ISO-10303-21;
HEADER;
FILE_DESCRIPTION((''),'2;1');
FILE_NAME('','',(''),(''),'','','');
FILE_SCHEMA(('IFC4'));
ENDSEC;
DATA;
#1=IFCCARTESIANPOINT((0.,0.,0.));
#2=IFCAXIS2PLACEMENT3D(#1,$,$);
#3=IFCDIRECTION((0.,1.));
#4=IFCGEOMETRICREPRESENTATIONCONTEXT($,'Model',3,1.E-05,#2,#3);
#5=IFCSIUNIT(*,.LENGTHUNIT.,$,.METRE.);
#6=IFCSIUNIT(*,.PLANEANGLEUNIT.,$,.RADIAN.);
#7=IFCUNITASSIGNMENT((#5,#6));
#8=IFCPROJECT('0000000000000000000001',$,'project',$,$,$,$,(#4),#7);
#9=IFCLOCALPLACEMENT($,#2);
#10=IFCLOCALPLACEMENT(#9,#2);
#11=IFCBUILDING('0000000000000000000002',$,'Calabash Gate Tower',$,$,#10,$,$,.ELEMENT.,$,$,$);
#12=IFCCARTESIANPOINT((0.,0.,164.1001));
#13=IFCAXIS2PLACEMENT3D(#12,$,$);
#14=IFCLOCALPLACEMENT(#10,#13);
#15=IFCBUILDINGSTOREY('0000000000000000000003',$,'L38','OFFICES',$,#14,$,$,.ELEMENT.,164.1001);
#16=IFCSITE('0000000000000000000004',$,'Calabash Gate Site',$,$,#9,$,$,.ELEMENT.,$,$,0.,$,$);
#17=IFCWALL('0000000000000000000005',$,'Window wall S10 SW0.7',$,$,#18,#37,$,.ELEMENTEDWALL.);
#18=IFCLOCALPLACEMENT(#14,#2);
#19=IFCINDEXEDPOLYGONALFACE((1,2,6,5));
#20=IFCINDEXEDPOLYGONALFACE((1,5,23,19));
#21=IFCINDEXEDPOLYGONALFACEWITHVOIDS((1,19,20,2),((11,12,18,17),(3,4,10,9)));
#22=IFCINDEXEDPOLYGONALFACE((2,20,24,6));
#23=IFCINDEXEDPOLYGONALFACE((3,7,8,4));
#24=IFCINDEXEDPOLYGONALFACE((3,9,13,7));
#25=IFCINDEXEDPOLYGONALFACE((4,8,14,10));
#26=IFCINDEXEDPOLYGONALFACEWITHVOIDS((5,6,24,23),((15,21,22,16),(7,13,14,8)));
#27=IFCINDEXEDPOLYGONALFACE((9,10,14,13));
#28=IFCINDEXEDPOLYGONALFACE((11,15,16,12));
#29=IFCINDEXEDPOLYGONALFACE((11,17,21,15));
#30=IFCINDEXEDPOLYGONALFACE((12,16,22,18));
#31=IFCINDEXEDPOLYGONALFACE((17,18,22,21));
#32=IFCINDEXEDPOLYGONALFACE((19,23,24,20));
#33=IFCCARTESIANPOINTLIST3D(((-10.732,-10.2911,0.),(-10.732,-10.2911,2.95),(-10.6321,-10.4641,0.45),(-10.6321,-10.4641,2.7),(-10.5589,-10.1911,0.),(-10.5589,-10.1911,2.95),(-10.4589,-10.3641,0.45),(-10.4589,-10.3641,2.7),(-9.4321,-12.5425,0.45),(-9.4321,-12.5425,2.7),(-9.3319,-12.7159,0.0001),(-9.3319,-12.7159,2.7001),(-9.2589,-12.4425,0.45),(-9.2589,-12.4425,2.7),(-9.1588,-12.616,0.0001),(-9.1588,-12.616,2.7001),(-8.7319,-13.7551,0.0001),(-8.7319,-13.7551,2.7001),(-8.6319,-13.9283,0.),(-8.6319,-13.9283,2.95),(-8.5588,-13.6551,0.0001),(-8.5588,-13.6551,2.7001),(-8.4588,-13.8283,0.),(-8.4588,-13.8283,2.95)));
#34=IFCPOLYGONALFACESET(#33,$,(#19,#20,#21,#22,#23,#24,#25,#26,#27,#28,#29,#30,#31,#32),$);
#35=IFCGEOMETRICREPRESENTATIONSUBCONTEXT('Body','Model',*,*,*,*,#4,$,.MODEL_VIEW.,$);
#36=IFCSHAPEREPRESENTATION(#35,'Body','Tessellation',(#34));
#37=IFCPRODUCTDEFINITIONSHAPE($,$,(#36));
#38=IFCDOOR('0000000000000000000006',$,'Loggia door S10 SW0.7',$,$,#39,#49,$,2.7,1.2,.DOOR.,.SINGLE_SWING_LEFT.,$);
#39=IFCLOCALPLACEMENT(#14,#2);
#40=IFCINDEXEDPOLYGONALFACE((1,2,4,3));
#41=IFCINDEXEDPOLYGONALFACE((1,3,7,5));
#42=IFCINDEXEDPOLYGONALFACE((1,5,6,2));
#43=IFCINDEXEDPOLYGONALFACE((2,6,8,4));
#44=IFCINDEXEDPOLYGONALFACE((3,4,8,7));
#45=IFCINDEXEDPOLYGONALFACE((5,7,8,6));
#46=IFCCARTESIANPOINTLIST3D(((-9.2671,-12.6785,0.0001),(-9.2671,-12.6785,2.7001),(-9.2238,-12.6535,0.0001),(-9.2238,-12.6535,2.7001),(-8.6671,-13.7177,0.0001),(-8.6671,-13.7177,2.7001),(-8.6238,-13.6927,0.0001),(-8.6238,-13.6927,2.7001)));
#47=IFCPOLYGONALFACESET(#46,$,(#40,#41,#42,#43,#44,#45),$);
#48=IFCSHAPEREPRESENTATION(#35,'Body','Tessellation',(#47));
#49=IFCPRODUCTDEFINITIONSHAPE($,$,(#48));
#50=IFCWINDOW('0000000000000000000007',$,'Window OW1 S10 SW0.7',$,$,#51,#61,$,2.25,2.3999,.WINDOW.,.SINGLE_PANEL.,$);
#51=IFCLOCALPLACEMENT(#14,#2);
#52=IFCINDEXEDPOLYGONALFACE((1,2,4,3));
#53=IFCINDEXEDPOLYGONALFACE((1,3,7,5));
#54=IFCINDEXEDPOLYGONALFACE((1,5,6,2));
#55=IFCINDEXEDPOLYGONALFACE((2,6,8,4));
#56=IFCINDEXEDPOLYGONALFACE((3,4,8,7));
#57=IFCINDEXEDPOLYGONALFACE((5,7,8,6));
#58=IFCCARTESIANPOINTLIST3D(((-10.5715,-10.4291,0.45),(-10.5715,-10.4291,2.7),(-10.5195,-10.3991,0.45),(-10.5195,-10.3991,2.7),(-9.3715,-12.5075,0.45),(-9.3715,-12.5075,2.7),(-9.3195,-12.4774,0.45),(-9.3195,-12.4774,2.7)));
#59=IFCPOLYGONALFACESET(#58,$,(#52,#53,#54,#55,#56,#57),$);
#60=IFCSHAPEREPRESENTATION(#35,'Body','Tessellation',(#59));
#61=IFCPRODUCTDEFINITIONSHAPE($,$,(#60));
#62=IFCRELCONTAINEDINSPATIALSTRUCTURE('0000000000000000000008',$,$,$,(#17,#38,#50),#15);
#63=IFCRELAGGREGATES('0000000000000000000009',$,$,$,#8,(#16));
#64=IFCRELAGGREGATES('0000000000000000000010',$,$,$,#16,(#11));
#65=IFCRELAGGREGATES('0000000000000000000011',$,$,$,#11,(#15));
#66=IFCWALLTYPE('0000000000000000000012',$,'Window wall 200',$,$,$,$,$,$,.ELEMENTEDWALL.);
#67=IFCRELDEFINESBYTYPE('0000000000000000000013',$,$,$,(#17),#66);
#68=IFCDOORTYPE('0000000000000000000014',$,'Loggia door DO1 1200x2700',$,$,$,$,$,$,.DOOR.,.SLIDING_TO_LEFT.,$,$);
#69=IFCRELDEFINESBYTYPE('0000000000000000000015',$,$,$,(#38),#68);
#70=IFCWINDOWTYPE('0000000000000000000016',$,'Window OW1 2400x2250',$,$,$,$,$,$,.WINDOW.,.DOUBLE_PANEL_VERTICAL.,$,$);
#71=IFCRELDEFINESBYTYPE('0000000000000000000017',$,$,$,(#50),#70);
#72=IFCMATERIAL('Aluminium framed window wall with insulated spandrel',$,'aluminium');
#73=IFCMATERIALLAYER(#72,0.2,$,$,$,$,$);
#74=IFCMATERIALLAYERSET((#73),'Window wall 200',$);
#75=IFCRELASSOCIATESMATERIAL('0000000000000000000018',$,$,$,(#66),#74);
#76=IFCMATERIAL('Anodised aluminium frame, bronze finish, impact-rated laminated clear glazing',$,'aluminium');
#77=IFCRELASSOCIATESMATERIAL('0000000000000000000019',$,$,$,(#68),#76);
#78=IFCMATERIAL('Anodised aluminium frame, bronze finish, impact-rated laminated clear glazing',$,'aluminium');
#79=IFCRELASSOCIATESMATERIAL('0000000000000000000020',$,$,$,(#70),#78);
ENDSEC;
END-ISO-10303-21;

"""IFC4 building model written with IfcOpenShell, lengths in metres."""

from ifc_helpers import new_model, si_unit, direction, frame, frame_2d, origin, place, context, subcontext, project, spatial, rectangle, extrude, material, layer, layer_set, type_object, element, fill, save


model = new_model("IFC4")

# Units and contexts
model_context = context("Model", 3, precision=1e-05, world=origin(), true_north=direction((0.0, 1.0)))
body_context = subcontext(model_context, "Body", "Model", "MODEL_VIEW")
ifc_project = project(units=[si_unit("LENGTHUNIT", "METRE"), si_unit("PLANEANGLEUNIT", "RADIAN")], contexts=[model_context])

# Site, building, storey
site_placement = place(None, origin())
site = spatial("IfcSite", under=ifc_project, at=site_placement, Name="Calabash Gate Site", CompositionType="ELEMENT", RefElevation=0.0)
building_placement = place(site_placement, origin())
building = spatial("IfcBuilding", under=site, at=building_placement, Name="Calabash Gate Tower", CompositionType="ELEMENT")
storey_placement = place(building_placement, frame((0.0, 0.0, 164.1001)))
storey = spatial("IfcBuildingStorey", under=building, at=storey_placement, Name="L38", Description="OFFICES", CompositionType="ELEMENT", Elevation=164.1001)

# Shared definitions
ifc_material_1 = material(Name="Aluminium framed window wall with insulated spandrel", Category="aluminium")
ifc_layer_1 = layer(ifc_material_1, 0.2)
ifc_layer_set_1 = layer_set([ifc_layer_1], Name="Window wall 200")
wall_type_1 = type_object("IfcWallType", Name="Window wall 200", PredefinedType="ELEMENTEDWALL", material=ifc_layer_set_1)

# Wall, openings, door, window
wall_1_placement = place(storey_placement, frame((-10.6455, -10.241, 0.0), z_axis=(0.0, 0.0, 1.0), x_axis=(0.500028, -0.866009, 0.0)))
wall_1 = element("IfcWall", 1, at=wall_1_placement, inside=storey, type_object=wall_type_1, Name="Window wall S10 SW0.7", PredefinedType="ELEMENTEDWALL", context=body_context, shape_type="SweptSolid", body=[
    extrude(rectangle(XDim=4.2, YDim=0.2, at=frame_2d((2.1001, 0.0))), origin(), (0.0, 0.0, 1.0), 2.95),
])
opening_1_placement = place(wall_1_placement, frame((0.2, 0.0, 0.45)))
opening_1 = element("IfcOpeningElement", 2, at=opening_1_placement, cuts=wall_1, PredefinedType="OPENING", context=body_context, shape_type="SweptSolid", body=[
    extrude(rectangle(XDim=2.3999, YDim=2.25, at=frame_2d((1.2, 1.125))), frame((0.0, 0.1099, 0.0), z_axis=(0.0, -1.0, 0.0), x_axis=(1.0, 0.0, 0.0)), (0.0, 0.0, 1.0), 0.22),
])
opening_2_placement = place(wall_1_placement, frame((2.8, 0.0, 0.0)))
opening_2 = element("IfcOpeningElement", 3, at=opening_2_placement, cuts=wall_1, PredefinedType="OPENING", context=body_context, shape_type="SweptSolid", body=[
    extrude(rectangle(XDim=1.2, YDim=2.7, at=frame_2d((0.6001, 1.3501))), frame((0.0, 0.1099, 0.0), z_axis=(0.0, -1.0, 0.0), x_axis=(1.0, 0.0, 0.0)), (0.0, 0.0, 1.0), 0.22),
])
ifc_material_2 = material(Name="Anodised aluminium frame, bronze finish, impact-rated laminated clear glazing", Category="aluminium")
door_type_1 = type_object("IfcDoorType", Name="Loggia door DO1 1200x2700", OperationType="SLIDING_TO_LEFT", PredefinedType="DOOR", material=ifc_material_2)
door_1_placement = place(opening_2_placement, origin())
door_1 = element("IfcDoor", 4, at=door_1_placement, inside=storey, type_object=door_type_1, Name="Loggia door S10 SW0.7", OperationType="SINGLE_SWING_LEFT", OverallHeight=2.7, OverallWidth=1.2, PredefinedType="DOOR", context=body_context, shape_type="SweptSolid", body=[
    extrude(rectangle(XDim=1.2, YDim=2.7, at=frame_2d((0.6001, 1.3501))), frame((0.0, 0.0249, 0.0), z_axis=(0.0, -1.0, 0.0), x_axis=(1.0, 0.0, 0.0)), (0.0, 0.0, 1.0), 0.05),
])
fill(opening_2, door_1)
ifc_material_3 = material(Name="Anodised aluminium frame, bronze finish, impact-rated laminated clear glazing", Category="aluminium")
window_type = type_object("IfcWindowType", Name="Window OW1 2400x2250", PartitioningType="DOUBLE_PANEL_VERTICAL", PredefinedType="WINDOW", material=ifc_material_3)
window_placement = place(opening_1_placement, origin())
window = element("IfcWindow", 5, at=window_placement, inside=storey, type_object=window_type, Name="Window OW1 S10 SW0.7", OverallHeight=2.25, OverallWidth=2.3999, PartitioningType="SINGLE_PANEL", PredefinedType="WINDOW", context=body_context, shape_type="SweptSolid", body=[
    extrude(rectangle(XDim=2.3999, YDim=2.25, at=frame_2d((1.2, 1.125))), frame((0.0, 0.03, 0.0), z_axis=(0.0, -1.0, 0.0), x_axis=(1.0, 0.0, 0.0)), (0.0, 0.0, 1.0), 0.0601),
])
fill(opening_1, window)

save(model, "model.ifc")
